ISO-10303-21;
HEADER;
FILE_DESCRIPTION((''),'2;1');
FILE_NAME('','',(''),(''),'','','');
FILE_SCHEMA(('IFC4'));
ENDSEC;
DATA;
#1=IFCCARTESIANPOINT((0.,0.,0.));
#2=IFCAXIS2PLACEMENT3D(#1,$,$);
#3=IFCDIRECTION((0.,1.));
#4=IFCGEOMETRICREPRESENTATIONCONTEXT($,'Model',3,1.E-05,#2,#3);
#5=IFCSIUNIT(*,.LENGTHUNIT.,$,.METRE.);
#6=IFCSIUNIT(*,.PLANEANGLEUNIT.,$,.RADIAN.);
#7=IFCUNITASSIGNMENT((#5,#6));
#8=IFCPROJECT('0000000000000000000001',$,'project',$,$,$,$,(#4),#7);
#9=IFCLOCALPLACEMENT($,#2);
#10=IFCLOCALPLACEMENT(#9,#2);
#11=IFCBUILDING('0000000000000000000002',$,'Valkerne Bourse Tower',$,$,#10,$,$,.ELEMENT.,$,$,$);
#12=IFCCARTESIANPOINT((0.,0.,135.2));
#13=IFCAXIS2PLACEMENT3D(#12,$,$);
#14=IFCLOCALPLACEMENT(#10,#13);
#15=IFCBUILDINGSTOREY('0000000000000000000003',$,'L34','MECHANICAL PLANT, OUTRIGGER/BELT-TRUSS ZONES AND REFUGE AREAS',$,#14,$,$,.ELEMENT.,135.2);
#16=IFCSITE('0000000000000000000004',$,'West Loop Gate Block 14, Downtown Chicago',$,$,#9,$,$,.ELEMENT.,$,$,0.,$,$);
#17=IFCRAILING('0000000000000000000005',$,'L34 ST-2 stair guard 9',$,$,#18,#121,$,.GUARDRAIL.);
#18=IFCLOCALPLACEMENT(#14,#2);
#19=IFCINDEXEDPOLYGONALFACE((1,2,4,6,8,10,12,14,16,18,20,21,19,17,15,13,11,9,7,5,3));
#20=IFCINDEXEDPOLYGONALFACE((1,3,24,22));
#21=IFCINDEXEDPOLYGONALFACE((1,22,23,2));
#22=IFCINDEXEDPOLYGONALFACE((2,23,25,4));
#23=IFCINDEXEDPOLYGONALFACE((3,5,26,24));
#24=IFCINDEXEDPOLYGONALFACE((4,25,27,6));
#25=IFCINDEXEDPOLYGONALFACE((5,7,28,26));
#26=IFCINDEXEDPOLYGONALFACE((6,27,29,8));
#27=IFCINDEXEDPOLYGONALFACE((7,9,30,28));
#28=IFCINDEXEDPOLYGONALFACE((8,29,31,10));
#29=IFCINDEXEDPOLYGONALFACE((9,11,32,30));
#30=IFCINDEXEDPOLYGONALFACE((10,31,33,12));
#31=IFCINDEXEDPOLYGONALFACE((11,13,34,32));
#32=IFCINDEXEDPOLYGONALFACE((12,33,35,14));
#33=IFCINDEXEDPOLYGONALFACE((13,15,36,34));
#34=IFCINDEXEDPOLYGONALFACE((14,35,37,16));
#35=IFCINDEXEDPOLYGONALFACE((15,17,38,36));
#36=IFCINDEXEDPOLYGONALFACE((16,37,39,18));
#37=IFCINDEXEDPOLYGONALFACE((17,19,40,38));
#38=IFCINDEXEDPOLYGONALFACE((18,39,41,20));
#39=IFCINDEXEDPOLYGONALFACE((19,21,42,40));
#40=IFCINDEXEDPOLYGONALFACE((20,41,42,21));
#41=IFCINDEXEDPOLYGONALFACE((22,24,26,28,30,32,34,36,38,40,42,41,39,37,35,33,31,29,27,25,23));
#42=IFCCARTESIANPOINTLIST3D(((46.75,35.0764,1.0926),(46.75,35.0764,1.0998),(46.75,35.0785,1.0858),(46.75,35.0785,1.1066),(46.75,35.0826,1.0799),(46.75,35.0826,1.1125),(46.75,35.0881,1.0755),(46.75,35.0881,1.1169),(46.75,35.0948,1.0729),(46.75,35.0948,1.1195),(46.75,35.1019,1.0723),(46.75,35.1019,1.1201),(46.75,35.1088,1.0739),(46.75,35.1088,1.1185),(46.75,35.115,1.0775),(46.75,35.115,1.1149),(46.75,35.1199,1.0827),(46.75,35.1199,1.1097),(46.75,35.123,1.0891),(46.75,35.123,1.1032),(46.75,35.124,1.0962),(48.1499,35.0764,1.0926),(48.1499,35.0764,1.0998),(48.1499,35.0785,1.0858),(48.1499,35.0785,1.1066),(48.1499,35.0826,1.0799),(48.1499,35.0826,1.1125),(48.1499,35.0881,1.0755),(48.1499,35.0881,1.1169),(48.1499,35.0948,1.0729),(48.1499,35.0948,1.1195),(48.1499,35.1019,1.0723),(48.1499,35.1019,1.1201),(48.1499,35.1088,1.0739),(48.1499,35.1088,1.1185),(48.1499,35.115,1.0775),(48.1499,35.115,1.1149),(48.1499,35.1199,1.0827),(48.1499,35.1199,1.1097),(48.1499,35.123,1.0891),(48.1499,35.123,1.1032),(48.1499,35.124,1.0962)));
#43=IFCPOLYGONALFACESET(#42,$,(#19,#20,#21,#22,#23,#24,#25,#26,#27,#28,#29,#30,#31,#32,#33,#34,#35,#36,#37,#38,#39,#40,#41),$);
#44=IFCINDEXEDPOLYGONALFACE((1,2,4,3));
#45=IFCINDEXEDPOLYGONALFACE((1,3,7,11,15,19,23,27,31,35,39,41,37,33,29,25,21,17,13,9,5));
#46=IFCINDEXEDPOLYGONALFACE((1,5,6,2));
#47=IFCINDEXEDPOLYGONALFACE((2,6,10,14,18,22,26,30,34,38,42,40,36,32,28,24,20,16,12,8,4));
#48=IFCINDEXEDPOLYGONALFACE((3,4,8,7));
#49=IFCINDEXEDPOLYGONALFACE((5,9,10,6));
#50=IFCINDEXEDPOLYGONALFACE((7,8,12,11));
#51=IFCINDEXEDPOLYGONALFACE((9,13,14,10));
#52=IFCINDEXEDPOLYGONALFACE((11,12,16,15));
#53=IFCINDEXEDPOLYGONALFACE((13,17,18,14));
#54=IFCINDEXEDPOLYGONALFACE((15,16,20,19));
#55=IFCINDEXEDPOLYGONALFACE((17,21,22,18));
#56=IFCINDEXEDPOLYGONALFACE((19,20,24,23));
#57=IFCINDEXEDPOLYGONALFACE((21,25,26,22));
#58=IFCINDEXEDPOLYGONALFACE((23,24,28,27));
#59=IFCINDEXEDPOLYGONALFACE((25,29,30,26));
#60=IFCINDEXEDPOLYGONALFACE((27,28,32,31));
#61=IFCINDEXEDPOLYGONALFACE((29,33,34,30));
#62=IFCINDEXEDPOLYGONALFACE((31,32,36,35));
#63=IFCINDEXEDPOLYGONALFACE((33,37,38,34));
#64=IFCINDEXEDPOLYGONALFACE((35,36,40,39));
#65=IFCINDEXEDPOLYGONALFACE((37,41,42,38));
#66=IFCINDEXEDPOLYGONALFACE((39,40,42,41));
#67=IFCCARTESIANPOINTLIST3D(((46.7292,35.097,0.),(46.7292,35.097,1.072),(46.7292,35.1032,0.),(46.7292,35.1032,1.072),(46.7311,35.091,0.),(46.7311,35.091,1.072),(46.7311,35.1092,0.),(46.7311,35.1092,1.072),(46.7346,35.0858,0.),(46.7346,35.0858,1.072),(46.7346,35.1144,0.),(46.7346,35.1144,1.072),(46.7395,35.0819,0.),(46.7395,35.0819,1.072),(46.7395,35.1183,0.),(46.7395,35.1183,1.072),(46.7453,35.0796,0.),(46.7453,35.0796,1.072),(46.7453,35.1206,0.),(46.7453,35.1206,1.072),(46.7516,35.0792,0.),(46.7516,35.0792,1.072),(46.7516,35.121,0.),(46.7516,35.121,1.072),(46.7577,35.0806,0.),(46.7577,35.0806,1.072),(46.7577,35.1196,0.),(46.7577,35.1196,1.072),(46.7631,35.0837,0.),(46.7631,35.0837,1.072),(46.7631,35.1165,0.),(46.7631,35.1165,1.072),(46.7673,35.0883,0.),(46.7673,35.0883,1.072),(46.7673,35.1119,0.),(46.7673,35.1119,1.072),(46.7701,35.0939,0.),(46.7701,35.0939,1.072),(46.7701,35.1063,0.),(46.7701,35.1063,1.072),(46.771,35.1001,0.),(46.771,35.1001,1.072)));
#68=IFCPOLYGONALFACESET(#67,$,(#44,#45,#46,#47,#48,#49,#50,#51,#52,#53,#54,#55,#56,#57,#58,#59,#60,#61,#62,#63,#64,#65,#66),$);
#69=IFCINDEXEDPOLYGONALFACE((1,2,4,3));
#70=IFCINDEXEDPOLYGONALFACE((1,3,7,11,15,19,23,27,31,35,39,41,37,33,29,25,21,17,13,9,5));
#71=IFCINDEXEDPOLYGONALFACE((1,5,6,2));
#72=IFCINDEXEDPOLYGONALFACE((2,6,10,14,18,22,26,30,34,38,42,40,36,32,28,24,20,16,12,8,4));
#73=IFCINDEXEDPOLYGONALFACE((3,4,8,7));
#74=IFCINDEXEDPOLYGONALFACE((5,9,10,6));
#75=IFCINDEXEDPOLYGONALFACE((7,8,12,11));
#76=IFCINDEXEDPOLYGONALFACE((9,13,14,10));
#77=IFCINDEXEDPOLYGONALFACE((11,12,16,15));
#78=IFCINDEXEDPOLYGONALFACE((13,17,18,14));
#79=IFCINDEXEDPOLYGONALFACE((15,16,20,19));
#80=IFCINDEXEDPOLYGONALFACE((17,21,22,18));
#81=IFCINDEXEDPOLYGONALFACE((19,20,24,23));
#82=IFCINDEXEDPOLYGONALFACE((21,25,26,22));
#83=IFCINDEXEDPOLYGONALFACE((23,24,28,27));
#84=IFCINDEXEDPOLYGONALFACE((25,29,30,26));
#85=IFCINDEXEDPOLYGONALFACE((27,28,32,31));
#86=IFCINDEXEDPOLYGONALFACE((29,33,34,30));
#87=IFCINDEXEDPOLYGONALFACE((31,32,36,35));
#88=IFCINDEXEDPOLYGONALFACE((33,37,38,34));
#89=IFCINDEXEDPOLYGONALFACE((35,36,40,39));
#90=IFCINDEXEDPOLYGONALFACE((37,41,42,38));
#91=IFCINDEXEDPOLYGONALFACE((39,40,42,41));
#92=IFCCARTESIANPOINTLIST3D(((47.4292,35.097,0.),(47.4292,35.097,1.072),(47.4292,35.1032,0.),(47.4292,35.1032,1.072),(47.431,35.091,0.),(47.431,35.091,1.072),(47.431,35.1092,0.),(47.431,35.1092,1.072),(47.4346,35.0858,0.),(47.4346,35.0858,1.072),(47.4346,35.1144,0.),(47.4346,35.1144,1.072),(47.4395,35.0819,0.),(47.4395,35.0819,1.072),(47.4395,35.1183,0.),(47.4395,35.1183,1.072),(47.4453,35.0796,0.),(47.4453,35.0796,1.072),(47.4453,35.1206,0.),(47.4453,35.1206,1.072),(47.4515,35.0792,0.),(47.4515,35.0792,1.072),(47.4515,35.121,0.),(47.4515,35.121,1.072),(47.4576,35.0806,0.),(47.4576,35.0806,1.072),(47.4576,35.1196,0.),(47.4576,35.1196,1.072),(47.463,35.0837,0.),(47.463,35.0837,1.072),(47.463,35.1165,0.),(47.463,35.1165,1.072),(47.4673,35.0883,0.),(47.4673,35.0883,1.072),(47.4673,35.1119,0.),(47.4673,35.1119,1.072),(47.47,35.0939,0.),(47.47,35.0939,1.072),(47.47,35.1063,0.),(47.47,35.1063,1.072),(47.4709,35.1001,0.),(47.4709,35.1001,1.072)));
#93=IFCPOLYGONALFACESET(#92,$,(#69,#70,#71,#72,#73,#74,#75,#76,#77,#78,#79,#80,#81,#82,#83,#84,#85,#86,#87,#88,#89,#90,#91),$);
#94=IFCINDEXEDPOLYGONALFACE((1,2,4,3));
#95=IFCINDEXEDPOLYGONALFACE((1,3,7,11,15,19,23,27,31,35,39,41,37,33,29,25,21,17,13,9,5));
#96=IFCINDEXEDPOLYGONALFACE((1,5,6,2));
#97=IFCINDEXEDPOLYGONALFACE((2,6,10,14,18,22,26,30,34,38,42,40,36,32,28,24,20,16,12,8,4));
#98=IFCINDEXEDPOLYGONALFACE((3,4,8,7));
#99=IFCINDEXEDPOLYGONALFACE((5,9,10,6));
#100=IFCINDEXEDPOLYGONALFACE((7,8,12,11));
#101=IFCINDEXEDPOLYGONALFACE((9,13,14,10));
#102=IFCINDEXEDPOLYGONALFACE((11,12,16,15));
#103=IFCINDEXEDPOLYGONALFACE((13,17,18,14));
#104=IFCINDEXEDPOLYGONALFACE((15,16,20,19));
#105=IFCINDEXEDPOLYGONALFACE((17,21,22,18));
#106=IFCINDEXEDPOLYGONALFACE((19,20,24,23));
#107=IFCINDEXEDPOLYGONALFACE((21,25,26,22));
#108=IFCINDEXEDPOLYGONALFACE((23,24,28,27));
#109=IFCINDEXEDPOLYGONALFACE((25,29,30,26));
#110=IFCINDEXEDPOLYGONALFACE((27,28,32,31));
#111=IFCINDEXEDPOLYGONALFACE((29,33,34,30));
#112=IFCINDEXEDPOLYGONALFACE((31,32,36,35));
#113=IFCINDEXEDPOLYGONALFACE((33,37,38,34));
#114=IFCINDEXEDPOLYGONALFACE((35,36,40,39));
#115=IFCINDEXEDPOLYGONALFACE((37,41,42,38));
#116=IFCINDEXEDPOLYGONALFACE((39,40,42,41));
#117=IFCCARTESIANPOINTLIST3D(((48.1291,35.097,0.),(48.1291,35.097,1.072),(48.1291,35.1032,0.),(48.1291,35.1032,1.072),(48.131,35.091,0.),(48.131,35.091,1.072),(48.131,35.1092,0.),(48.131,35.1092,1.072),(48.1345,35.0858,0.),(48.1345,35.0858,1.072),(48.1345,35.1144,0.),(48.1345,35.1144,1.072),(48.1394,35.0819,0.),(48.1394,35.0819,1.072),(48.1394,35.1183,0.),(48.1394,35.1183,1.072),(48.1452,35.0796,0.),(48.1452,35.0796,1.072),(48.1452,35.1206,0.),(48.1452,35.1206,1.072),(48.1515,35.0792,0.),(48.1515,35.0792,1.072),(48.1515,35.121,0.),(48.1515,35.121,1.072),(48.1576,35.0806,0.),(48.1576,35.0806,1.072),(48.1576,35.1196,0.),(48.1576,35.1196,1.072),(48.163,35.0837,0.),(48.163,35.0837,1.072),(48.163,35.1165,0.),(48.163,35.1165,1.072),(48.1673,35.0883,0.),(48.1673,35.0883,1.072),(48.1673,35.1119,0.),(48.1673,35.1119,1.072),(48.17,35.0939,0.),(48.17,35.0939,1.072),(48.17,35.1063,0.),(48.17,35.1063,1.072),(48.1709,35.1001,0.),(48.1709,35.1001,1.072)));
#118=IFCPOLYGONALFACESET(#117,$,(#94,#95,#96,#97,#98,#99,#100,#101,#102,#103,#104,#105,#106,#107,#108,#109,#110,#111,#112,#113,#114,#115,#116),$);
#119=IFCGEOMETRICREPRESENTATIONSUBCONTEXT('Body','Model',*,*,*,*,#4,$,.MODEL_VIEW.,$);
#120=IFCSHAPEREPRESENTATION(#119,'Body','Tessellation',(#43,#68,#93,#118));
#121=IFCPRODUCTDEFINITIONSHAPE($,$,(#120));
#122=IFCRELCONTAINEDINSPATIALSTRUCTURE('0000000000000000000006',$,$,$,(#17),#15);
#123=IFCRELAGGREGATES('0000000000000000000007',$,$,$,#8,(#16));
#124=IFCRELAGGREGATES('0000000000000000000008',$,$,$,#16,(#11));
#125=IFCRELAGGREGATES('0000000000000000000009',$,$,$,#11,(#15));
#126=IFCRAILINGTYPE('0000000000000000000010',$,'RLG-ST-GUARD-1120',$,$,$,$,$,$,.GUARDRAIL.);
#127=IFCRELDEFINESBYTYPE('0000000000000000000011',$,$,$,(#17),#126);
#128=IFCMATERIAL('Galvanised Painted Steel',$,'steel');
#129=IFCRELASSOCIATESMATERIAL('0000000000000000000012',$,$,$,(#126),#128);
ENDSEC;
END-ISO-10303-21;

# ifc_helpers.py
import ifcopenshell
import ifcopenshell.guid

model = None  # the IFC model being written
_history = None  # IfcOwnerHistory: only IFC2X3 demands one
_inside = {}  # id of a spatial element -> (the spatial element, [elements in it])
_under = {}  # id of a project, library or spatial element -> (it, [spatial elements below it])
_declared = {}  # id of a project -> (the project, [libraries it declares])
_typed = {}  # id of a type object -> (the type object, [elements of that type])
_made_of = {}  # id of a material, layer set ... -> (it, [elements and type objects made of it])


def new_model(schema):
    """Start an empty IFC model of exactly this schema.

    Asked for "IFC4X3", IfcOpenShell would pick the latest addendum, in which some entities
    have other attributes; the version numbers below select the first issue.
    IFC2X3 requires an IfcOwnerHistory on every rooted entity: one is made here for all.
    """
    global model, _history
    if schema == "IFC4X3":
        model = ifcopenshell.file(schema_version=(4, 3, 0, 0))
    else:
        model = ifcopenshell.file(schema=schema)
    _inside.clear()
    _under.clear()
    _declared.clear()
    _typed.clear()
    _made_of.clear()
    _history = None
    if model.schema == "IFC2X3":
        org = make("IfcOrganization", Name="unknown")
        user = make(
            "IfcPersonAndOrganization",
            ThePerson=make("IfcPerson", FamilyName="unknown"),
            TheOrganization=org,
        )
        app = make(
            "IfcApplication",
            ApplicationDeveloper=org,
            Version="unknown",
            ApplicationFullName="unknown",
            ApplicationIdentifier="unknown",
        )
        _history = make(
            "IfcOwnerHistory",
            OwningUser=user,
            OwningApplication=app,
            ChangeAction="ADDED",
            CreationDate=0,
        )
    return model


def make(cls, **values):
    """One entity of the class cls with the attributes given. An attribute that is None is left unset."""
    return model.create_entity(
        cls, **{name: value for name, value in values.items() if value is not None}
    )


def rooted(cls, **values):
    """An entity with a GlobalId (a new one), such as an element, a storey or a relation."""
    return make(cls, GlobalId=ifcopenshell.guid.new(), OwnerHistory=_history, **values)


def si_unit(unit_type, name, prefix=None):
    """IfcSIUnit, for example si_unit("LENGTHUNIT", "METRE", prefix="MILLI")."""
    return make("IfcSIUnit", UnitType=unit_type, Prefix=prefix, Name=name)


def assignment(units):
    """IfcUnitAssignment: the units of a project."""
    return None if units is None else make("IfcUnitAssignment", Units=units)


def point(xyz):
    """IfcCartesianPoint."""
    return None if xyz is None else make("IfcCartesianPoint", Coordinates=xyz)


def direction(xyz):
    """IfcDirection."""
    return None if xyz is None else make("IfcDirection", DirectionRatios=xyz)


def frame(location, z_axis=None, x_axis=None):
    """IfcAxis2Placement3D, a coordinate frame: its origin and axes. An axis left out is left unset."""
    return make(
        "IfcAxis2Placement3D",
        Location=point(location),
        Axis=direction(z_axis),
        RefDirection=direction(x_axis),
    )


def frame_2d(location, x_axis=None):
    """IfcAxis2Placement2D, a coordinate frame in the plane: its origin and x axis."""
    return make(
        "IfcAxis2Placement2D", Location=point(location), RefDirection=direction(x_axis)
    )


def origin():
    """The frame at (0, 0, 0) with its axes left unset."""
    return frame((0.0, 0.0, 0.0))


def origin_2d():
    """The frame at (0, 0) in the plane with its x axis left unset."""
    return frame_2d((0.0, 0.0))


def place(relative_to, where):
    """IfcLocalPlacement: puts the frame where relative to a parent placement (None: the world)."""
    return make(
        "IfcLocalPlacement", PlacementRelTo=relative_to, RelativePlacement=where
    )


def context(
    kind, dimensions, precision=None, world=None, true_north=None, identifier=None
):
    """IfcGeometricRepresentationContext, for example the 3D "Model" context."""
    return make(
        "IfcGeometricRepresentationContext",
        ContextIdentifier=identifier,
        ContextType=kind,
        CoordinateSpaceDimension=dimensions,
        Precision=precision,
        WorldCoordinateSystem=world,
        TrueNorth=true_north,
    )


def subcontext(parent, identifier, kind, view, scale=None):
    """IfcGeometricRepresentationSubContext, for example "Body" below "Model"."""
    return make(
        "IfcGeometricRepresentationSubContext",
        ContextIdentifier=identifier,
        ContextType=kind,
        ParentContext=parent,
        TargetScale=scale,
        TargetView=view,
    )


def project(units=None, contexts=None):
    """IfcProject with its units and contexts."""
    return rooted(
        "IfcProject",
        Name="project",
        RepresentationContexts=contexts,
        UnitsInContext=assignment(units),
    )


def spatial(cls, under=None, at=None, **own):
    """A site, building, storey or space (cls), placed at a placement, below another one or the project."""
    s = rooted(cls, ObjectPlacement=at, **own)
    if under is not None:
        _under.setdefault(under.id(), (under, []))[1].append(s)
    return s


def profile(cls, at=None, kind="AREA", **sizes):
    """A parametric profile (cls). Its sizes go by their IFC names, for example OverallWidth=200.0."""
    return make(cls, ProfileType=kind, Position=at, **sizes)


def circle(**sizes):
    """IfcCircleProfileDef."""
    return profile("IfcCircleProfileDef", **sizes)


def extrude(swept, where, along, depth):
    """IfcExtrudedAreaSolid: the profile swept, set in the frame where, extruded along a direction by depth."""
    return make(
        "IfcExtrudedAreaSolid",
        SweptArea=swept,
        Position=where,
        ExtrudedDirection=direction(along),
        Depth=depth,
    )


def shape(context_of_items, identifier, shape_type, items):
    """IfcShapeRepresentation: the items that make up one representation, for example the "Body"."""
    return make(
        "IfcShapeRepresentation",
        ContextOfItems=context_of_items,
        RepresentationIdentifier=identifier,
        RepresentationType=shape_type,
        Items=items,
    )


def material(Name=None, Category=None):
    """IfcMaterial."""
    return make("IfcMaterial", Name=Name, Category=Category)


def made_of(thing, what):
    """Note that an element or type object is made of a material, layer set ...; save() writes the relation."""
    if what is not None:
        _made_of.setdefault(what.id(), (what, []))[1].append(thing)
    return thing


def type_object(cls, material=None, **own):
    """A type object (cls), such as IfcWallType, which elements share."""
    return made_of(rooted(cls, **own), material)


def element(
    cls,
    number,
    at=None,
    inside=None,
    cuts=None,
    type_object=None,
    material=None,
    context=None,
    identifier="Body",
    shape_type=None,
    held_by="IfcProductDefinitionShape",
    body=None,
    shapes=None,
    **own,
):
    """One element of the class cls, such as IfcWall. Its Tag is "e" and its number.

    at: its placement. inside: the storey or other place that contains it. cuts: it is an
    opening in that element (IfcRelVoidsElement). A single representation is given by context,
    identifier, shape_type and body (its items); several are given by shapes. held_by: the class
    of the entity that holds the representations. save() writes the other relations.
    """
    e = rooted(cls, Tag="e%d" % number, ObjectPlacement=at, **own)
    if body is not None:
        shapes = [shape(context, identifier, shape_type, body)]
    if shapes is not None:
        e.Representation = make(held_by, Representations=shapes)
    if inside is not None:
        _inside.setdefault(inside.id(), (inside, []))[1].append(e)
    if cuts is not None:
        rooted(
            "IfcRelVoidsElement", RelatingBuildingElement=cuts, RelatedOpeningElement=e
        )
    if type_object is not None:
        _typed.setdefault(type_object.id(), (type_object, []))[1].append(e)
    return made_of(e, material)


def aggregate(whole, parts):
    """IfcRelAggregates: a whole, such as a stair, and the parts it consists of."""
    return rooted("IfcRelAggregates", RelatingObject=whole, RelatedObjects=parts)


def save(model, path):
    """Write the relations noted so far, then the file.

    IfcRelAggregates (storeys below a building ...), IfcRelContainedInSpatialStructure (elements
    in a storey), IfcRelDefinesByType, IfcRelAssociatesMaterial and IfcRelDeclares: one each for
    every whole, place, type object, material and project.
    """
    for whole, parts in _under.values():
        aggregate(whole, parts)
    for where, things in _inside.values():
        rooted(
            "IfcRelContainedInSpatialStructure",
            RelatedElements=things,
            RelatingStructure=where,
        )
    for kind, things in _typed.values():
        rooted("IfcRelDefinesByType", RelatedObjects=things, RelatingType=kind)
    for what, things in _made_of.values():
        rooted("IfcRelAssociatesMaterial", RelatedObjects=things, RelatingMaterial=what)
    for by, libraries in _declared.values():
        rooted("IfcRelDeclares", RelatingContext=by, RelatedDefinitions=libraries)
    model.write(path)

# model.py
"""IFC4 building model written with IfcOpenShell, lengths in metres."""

from ifc_helpers import new_model, si_unit, direction, frame, origin, origin_2d, place, context, subcontext, project, spatial, circle, extrude, material, type_object, element, save


model = new_model("IFC4")

# Units and contexts
model_context = context("Model", 3, precision=1e-05, world=origin(), true_north=direction((0.0, 1.0)))
body_context = subcontext(model_context, "Body", "Model", "MODEL_VIEW")
ifc_project = project(units=[si_unit("LENGTHUNIT", "METRE"), si_unit("PLANEANGLEUNIT", "RADIAN")], contexts=[model_context])

# Site, building, storey
site_placement = place(None, origin())
site = spatial("IfcSite", under=ifc_project, at=site_placement, Name="West Loop Gate Block 14, Downtown Chicago", CompositionType="ELEMENT", RefElevation=0.0)
building_placement = place(site_placement, origin())
building = spatial("IfcBuilding", under=site, at=building_placement, Name="Valkerne Bourse Tower", CompositionType="ELEMENT")
storey_placement = place(building_placement, frame((0.0, 0.0, 135.2)))
storey = spatial("IfcBuildingStorey", under=building, at=storey_placement, Name="L34", Description="MECHANICAL PLANT, OUTRIGGER/BELT-TRUSS ZONES AND REFUGE AREAS", CompositionType="ELEMENT", Elevation=135.2)

# Shared definitions
ifc_material_1 = material(Name="Galvanised Painted Steel", Category="steel")

# Railing
railing_type_1 = type_object("IfcRailingType", Name="RLG-ST-GUARD-1120", PredefinedType="GUARDRAIL", material=ifc_material_1)
for number, where, name in (
    (1, (46.75, 35.1001, 0.0), "L34 ST-2 stair guard 9"),
):
    element("IfcRailing", number, at=place(storey_placement, frame(where)), inside=storey, type_object=railing_type_1, Name=name, PredefinedType="GUARDRAIL", context=body_context, shape_type="SweptSolid", body=[
        extrude(circle(Radius=0.0239, at=origin_2d()), frame((0.0, 0.0, 1.0962), z_axis=(1.0, 0.0, 0.0), x_axis=(0.0, 1.0, 0.0)), (0.0, 0.0, 1.0), 1.3999),
        extrude(circle(Radius=0.021, at=origin_2d()), origin(), (0.0, 0.0, 1.0), 1.072),
        extrude(circle(Radius=0.021, at=origin_2d()), frame((0.7, 0.0, 0.0)), (0.0, 0.0, 1.0), 1.072),
        extrude(circle(Radius=0.021, at=origin_2d()), frame((1.3999, 0.0, 0.0)), (0.0, 0.0, 1.0), 1.072),
    ])

save(model, "model.ifc")
